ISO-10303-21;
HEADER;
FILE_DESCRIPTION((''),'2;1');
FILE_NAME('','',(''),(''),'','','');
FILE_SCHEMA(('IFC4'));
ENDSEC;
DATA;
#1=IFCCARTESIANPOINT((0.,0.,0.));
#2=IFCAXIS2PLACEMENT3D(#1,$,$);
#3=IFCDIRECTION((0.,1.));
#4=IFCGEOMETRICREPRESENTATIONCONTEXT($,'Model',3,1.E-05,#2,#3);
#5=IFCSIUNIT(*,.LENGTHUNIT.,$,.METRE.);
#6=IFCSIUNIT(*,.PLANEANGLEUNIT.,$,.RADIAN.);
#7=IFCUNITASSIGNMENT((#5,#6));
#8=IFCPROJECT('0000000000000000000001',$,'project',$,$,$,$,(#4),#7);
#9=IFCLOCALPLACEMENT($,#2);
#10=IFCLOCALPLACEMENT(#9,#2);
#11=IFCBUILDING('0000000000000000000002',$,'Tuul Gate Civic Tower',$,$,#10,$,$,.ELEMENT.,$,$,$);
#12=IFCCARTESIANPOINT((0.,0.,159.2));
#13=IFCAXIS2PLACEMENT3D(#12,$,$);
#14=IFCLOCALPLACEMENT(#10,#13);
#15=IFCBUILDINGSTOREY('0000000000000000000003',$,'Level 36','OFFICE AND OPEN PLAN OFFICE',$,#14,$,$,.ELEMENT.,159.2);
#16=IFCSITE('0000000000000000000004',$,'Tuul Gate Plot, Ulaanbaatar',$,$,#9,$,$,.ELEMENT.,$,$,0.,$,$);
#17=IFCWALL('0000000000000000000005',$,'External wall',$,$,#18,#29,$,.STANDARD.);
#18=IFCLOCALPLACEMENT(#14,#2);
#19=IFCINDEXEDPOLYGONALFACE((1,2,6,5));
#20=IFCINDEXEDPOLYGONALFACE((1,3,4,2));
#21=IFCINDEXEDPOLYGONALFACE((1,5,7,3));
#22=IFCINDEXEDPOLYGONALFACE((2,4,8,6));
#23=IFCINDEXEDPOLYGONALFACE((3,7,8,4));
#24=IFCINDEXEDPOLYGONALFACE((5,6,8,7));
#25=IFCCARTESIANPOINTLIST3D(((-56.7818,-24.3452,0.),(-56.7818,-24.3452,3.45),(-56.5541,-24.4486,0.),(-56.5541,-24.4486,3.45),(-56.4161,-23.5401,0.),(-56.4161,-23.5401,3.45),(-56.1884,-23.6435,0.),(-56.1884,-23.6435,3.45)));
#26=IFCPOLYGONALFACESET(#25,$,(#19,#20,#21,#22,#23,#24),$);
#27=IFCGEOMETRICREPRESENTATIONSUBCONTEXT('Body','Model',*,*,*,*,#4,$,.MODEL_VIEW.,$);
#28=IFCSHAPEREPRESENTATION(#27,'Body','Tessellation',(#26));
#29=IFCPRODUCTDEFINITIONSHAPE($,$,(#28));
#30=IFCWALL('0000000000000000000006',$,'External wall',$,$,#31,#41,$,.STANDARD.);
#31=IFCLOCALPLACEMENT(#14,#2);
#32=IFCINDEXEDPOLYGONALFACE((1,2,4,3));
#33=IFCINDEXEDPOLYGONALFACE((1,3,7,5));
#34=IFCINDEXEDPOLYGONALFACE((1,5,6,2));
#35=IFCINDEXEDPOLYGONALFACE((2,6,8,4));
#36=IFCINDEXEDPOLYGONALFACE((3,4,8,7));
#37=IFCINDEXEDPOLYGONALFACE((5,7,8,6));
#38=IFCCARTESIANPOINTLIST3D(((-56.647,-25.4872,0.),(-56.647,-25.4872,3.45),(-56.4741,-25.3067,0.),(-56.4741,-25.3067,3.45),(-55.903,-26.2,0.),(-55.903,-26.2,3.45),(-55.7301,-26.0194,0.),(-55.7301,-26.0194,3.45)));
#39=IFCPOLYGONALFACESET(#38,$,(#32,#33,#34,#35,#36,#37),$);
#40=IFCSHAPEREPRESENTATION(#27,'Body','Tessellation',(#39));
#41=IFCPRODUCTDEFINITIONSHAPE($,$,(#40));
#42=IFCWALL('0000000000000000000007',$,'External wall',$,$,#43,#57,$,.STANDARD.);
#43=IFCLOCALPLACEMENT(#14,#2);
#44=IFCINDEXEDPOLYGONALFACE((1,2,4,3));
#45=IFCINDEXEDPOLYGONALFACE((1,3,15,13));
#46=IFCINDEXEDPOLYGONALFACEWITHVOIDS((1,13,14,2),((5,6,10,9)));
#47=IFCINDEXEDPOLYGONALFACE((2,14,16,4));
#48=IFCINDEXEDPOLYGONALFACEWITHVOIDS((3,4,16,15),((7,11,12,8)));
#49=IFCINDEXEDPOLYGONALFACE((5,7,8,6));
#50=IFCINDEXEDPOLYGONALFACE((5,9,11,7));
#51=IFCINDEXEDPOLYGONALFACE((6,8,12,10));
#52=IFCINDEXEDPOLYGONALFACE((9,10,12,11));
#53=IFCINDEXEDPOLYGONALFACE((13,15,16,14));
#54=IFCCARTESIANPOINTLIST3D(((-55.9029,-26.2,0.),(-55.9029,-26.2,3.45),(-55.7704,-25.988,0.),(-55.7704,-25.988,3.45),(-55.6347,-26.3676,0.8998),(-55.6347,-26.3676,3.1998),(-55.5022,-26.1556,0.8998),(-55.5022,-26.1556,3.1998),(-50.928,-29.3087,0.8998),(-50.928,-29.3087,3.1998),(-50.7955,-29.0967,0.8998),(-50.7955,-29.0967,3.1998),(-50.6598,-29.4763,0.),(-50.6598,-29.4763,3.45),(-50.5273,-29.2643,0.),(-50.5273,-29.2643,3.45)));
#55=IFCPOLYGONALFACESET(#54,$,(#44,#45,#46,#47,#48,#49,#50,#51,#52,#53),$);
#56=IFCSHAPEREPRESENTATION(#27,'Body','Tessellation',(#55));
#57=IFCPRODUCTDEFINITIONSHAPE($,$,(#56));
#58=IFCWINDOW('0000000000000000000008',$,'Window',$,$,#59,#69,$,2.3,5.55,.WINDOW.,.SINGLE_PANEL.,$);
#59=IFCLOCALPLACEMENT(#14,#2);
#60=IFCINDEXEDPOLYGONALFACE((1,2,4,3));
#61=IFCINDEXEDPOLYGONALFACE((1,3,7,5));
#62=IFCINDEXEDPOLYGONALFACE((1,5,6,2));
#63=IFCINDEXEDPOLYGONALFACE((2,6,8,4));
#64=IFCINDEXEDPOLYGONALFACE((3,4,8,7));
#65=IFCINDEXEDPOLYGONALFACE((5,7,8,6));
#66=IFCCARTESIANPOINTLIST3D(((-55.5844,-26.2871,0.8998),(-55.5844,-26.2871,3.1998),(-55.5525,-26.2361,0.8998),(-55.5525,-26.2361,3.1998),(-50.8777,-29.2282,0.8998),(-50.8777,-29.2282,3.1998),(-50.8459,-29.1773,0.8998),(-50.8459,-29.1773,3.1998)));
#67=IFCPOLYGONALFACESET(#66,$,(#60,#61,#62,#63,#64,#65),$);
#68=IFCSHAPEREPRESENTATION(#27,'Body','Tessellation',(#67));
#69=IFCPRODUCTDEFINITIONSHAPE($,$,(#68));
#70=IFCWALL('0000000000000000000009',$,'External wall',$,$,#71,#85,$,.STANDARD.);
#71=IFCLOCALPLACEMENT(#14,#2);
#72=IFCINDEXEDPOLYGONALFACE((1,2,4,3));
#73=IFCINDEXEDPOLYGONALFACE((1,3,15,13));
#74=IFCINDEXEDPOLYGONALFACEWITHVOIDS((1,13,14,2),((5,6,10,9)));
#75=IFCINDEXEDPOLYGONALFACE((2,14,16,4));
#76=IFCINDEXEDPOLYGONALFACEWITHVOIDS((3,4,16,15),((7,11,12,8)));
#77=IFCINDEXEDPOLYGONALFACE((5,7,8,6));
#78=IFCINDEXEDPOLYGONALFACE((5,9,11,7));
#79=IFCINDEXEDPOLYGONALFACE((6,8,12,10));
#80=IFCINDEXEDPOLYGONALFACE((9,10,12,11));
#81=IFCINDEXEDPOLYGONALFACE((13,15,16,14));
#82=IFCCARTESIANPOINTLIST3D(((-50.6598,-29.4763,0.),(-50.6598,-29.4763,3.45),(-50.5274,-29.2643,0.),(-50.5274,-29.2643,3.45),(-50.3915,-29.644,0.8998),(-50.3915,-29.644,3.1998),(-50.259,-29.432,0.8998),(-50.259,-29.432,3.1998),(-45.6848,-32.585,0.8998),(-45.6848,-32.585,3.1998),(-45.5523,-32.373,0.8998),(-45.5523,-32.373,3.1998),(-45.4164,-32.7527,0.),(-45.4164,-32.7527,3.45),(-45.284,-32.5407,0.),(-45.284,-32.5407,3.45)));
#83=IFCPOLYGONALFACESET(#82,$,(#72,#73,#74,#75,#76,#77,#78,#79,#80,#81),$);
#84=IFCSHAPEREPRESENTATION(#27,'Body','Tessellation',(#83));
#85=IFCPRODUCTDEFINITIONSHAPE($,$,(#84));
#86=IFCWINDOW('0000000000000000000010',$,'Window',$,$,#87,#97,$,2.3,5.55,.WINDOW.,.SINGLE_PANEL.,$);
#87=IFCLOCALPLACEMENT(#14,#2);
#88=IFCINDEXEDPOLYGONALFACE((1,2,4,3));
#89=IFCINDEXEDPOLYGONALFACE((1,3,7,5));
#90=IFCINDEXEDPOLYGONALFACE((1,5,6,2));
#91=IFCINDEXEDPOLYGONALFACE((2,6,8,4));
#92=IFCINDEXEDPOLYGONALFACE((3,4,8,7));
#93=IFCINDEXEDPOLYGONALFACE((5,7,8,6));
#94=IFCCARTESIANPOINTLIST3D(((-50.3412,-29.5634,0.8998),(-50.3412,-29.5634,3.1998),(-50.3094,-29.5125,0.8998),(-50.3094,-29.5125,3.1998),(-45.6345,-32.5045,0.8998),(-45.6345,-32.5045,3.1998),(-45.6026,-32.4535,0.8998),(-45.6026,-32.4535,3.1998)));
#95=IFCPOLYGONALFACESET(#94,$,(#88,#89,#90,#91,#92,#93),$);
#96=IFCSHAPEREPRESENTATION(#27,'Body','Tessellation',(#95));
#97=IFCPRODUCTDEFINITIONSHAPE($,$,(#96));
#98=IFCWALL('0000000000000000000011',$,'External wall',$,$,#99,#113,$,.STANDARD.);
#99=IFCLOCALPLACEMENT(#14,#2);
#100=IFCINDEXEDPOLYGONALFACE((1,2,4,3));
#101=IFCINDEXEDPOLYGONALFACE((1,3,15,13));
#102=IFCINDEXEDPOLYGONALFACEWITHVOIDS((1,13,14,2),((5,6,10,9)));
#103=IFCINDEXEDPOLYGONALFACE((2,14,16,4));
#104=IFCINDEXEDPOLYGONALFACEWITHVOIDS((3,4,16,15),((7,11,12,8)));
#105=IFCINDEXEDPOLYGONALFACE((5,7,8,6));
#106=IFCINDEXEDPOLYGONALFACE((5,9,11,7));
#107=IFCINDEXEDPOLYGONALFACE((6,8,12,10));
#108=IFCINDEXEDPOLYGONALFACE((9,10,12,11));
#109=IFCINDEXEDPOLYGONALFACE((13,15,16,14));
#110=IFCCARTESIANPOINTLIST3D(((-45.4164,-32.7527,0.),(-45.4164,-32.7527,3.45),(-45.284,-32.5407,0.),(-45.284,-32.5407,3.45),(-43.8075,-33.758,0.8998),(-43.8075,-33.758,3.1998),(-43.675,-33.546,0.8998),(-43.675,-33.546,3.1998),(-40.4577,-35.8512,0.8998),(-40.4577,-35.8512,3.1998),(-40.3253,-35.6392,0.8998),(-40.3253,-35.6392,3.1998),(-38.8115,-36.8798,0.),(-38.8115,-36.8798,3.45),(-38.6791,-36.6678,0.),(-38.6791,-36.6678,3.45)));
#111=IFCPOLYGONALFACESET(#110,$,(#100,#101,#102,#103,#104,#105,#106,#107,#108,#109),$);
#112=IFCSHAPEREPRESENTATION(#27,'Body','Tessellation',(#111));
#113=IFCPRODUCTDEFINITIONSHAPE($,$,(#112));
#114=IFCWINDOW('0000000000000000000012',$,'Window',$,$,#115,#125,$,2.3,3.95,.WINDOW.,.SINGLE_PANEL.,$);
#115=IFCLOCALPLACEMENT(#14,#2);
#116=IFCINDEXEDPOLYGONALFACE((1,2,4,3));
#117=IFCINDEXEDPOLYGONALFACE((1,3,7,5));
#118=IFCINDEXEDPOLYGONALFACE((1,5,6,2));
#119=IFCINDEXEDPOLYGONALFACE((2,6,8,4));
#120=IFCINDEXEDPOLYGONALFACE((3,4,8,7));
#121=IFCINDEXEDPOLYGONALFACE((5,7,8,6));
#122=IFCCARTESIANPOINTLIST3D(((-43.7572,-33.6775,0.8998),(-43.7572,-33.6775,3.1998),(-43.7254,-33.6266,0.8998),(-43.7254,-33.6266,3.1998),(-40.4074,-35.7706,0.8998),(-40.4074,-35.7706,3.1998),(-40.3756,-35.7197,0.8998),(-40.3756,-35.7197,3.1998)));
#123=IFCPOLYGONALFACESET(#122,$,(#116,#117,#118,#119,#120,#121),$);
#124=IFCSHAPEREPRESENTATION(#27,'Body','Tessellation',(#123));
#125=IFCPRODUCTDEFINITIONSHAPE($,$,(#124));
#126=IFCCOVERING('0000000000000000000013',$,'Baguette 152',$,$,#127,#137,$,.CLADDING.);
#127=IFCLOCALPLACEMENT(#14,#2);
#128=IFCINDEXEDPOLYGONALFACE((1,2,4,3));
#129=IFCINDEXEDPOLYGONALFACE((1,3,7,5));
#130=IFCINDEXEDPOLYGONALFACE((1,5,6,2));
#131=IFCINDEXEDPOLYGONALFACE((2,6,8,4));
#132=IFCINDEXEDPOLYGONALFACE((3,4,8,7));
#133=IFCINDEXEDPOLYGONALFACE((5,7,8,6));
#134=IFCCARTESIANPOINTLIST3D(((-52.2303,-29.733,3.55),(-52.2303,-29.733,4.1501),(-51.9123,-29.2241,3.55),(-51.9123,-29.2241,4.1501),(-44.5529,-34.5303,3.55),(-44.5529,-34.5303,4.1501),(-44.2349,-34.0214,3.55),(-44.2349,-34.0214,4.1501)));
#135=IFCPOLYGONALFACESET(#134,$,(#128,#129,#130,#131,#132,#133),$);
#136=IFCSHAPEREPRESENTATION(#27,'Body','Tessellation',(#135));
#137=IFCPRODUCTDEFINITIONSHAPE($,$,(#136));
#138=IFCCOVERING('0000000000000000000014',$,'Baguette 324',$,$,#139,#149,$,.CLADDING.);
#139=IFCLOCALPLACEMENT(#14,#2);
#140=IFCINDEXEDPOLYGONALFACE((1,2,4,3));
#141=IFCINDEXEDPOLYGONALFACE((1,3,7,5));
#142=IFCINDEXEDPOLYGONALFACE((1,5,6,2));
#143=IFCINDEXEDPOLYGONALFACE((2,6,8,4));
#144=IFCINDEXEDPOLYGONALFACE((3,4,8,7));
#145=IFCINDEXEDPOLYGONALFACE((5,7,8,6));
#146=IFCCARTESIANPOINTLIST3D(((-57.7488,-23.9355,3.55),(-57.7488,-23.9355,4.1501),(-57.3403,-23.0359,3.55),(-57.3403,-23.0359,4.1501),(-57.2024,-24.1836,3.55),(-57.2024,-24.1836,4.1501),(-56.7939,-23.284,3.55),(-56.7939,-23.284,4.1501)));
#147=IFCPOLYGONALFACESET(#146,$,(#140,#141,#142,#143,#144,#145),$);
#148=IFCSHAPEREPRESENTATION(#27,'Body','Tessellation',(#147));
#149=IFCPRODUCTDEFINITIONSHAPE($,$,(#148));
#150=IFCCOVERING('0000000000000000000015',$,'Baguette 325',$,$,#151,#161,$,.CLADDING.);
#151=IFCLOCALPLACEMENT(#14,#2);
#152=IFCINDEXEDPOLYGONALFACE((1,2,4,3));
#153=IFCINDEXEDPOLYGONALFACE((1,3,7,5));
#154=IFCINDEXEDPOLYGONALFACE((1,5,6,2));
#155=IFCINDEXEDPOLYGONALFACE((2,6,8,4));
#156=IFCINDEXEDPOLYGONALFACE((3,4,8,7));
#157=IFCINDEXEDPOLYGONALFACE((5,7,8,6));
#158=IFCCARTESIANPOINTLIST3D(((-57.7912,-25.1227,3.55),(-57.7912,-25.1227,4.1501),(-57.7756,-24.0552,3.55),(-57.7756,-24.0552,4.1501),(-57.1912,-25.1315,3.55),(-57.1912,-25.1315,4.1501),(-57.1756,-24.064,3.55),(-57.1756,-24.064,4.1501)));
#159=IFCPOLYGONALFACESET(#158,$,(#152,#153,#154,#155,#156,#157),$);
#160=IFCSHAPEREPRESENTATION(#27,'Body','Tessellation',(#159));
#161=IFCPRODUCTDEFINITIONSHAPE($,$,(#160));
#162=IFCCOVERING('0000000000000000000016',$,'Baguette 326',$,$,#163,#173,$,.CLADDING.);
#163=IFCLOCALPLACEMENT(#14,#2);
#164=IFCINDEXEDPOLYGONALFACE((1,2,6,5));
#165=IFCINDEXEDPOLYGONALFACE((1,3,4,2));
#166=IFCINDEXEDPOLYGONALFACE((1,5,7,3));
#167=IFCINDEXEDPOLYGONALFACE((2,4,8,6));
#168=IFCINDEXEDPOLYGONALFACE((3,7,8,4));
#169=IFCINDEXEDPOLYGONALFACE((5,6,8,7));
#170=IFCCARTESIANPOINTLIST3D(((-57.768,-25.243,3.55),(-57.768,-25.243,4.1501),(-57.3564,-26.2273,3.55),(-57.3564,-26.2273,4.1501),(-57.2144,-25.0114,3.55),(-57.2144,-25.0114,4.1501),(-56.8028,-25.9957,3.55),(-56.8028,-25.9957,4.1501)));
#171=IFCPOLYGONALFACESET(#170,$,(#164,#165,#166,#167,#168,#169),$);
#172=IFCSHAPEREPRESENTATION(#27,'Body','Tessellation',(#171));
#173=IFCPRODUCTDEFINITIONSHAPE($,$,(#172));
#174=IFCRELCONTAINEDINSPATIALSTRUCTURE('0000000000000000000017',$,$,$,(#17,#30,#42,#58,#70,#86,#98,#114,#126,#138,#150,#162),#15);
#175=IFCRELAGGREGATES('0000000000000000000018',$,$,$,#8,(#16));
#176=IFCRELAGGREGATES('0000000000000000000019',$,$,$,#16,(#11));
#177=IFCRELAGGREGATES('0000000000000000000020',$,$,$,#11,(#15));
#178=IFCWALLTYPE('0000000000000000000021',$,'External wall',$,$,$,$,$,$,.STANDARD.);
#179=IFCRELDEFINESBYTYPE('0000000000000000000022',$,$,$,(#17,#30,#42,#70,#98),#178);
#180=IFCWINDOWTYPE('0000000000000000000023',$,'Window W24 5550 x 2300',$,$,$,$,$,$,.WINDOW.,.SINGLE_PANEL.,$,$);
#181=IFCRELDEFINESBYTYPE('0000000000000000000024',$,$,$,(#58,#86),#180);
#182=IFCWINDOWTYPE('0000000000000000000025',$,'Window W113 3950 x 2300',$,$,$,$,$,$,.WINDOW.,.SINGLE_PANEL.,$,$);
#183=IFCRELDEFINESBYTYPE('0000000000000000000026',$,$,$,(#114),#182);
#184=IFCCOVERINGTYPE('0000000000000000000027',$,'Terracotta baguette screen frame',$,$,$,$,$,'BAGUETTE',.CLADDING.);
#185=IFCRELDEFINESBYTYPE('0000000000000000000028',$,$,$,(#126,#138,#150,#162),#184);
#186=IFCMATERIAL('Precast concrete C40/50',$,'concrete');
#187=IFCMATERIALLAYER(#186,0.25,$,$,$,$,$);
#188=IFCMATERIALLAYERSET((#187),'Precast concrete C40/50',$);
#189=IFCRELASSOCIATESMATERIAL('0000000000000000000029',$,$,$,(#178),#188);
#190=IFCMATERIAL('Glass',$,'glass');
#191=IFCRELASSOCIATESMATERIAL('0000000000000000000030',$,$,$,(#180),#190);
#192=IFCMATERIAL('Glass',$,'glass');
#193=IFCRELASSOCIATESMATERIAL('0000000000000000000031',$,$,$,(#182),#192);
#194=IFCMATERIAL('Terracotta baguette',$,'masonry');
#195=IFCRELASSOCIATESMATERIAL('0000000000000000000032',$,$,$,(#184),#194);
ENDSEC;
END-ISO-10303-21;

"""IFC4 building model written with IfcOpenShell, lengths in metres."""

from ifc_helpers import new_model, si_unit, direction, frame, frame_2d, origin, origin_2d, place, context, subcontext, project, spatial, rectangle, extrude, material, layer, layer_set, material_profile, profile_set, type_object, element, fill, save


model = new_model("IFC4")

# Units and contexts
model_context = context("Model", 3, precision=1e-05, world=origin(), true_north=direction((0.0, 1.0)))
body_context = subcontext(model_context, "Body", "Model", "MODEL_VIEW")
ifc_project = project(units=[si_unit("LENGTHUNIT", "METRE"), si_unit("PLANEANGLEUNIT", "RADIAN")], contexts=[model_context])

# Site, building, storey
site_placement = place(None, origin())
site = spatial("IfcSite", under=ifc_project, at=site_placement, Name="Tuul Gate Plot, Ulaanbaatar", CompositionType="ELEMENT", RefElevation=0.0)
building_placement = place(site_placement, origin())
building = spatial("IfcBuilding", under=site, at=building_placement, Name="Tuul Gate Civic Tower", CompositionType="ELEMENT")
storey_placement = place(building_placement, frame((0.0, 0.0, 159.2)))
storey = spatial("IfcBuildingStorey", under=building, at=storey_placement, Name="Level 36", Description="OFFICE AND OPEN PLAN OFFICE", CompositionType="ELEMENT", Elevation=159.2)

# Shared definitions
ifc_material_1 = material(Name="Precast concrete C40/50", Category="concrete")
ifc_layer = layer(ifc_material_1, 0.25)
ifc_layer_set = layer_set([ifc_layer], Name="Precast concrete C40/50")
wall_type = type_object("IfcWallType", Name="External wall", PredefinedType="STANDARD", material=ifc_layer_set)

# Walls
wall_1_placement = place(storey_placement, frame((-56.3022, -23.5918, 0.0), z_axis=(0.0, 0.0, 1.0), x_axis=(-0.413553, -0.91048, 0.0)))
element("IfcWall", 1, at=wall_1_placement, inside=storey, type_object=wall_type, Name="External wall", PredefinedType="STANDARD", context=body_context, shape_type="SweptSolid", body=[
    extrude(rectangle(XDim=0.8843, YDim=0.25, at=frame_2d((0.4421, 0.0))), origin(), (0.0, 0.0, 1.0), 3.45),
])
wall_2_placement = place(storey_placement, frame((-56.5605, -25.397, 0.0), z_axis=(0.0, 0.0, 1.0), x_axis=(0.722112, -0.691777, 0.0)))
element("IfcWall", 2, at=wall_2_placement, inside=storey, type_object=wall_type, Name="External wall", PredefinedType="STANDARD", context=body_context, shape_type="SweptSolid", body=[
    extrude(rectangle(XDim=1.0303, YDim=0.25, at=frame_2d((0.5151, 0.0))), origin(), (0.0, 0.0, 1.0), 3.45),
])

# Walls, openings, windows
wall_3_placement = place(storey_placement, frame((-55.8367, -26.094, 0.0), z_axis=(0.0, 0.0, 1.0), x_axis=(0.848043, -0.529928, 0.0)))
wall_3 = element("IfcWall", 3, at=wall_3_placement, inside=storey, type_object=wall_type, Name="External wall", PredefinedType="STANDARD", context=body_context, shape_type="SweptSolid", body=[
    extrude(rectangle(XDim=6.1826, YDim=0.25, at=frame_2d((3.0913, 0.0))), origin(), (0.0, 0.0, 1.0), 3.45),
])
opening_1_placement = place(wall_3_placement, frame((0.3164, 0.0, 0.8999)))
opening_1 = element("IfcOpeningElement", 4, at=opening_1_placement, cuts=wall_3, PredefinedType="OPENING", context=body_context, shape_type="SweptSolid", body=[
    extrude(rectangle(XDim=5.55, YDim=2.3, at=frame_2d((2.7749, 1.1499))), frame((0.0, 0.135, 0.0), z_axis=(0.0, -1.0, 0.0), x_axis=(1.0, 0.0, 0.0)), (0.0, 0.0, 1.0), 0.27),
])
ifc_material_2 = material(Name="Glass", Category="glass")
window_type_1 = type_object("IfcWindowType", Name="Window W24 5550 x 2300", PartitioningType="SINGLE_PANEL", PredefinedType="WINDOW", material=ifc_material_2)
window_1_placement = place(opening_1_placement, origin())
window_1 = element("IfcWindow", 5, at=window_1_placement, inside=storey, type_object=window_type_1, Name="Window", OverallHeight=2.3, OverallWidth=5.55, PartitioningType="SINGLE_PANEL", PredefinedType="WINDOW", context=body_context, shape_type="SweptSolid", body=[
    extrude(rectangle(XDim=5.55, YDim=2.3, at=frame_2d((2.7749, 1.1499))), frame((0.0, 0.03, 0.0), z_axis=(0.0, -1.0, 0.0), x_axis=(1.0, 0.0, 0.0)), (0.0, 0.0, 1.0), 0.0601),
])
fill(opening_1, window_1)
wall_4_placement = place(storey_placement, frame((-50.5935, -29.3704, 0.0), z_axis=(0.0, 0.0, 1.0), x_axis=(0.848054, -0.52991, 0.0)))
wall_4 = element("IfcWall", 6, at=wall_4_placement, inside=storey, type_object=wall_type, Name="External wall", PredefinedType="STANDARD", context=body_context, shape_type="SweptSolid", body=[
    extrude(rectangle(XDim=6.1829, YDim=0.25, at=frame_2d((3.0913, 0.0))), origin(), (0.0, 0.0, 1.0), 3.45),
])
opening_2_placement = place(wall_4_placement, frame((0.3164, 0.0, 0.8999)))
opening_2 = element("IfcOpeningElement", 7, at=opening_2_placement, cuts=wall_4, PredefinedType="OPENING", context=body_context, shape_type="SweptSolid", body=[
    extrude(rectangle(XDim=5.55, YDim=2.3, at=frame_2d((2.7749, 1.1499))), frame((0.0, 0.135, 0.0), z_axis=(0.0, -1.0, 0.0), x_axis=(1.0, 0.0, 0.0)), (0.0, 0.0, 1.0), 0.27),
])
window_2_placement = place(opening_2_placement, origin())
window_2 = element("IfcWindow", 8, at=window_2_placement, inside=storey, type_object=window_type_1, Name="Window", OverallHeight=2.3, OverallWidth=5.55, PartitioningType="SINGLE_PANEL", PredefinedType="WINDOW", context=body_context, shape_type="SweptSolid", body=[
    extrude(rectangle(XDim=5.55, YDim=2.3, at=frame_2d((2.7749, 1.1499))), frame((0.0, 0.03, 0.0), z_axis=(0.0, -1.0, 0.0), x_axis=(1.0, 0.0, 0.0)), (0.0, 0.0, 1.0), 0.0601),
])
fill(opening_2, window_2)
wall_5_placement = place(storey_placement, frame((-45.3501, -32.6467, 0.0), z_axis=(0.0, 0.0, 1.0), x_axis=(0.848051, -0.529914, 0.0)))
wall_5 = element("IfcWall", 9, at=wall_5_placement, inside=storey, type_object=wall_type, Name="External wall", PredefinedType="STANDARD", context=body_context, shape_type="SweptSolid", body=[
    extrude(rectangle(XDim=7.7883, YDim=0.25, at=frame_2d((3.894, 0.0))), origin(), (0.0, 0.0, 1.0), 3.45),
])
opening_3_placement = place(wall_5_placement, frame((1.897, 0.0, 0.8999)))
opening_3 = element("IfcOpeningElement", 10, at=opening_3_placement, cuts=wall_5, PredefinedType="OPENING", context=body_context, shape_type="SweptSolid", body=[
    extrude(rectangle(XDim=3.95, YDim=2.3, at=frame_2d((1.9751, 1.1499))), frame((0.0, 0.135, 0.0), z_axis=(0.0, -1.0, 0.0), x_axis=(1.0, 0.0, 0.0)), (0.0, 0.0, 1.0), 0.27),
])
ifc_material_3 = material(Name="Glass", Category="glass")
window_type_2 = type_object("IfcWindowType", Name="Window W113 3950 x 2300", PartitioningType="SINGLE_PANEL", PredefinedType="WINDOW", material=ifc_material_3)
window_3_placement = place(opening_3_placement, origin())
window_3 = element("IfcWindow", 11, at=window_3_placement, inside=storey, type_object=window_type_2, Name="Window", OverallHeight=2.3, OverallWidth=3.95, PartitioningType="SINGLE_PANEL", PredefinedType="WINDOW", context=body_context, shape_type="SweptSolid", body=[
    extrude(rectangle(XDim=3.95, YDim=2.3, at=frame_2d((1.9751, 1.1499))), frame((0.0, 0.03, 0.0), z_axis=(0.0, -1.0, 0.0), x_axis=(1.0, 0.0, 0.0)), (0.0, 0.0, 1.0), 0.0601),
])
fill(opening_3, window_3)

# Coverings
ifc_material_4 = material(Name="Terracotta baguette", Category="masonry")
ifc_material_profile_1 = material_profile(ifc_material_4, rectangle(XDim=0.6001, YDim=0.6001, at=origin_2d()), Name="Terracotta baguette screen frame")
ifc_profile_set_1 = profile_set([ifc_material_profile_1], Name="Terracotta baguette")
covering_type = type_object("IfcCoveringType", Name="Terracotta baguette screen frame", ElementType="BAGUETTE", PredefinedType="CLADDING", material=ifc_profile_set_1)
covering_1_placement = place(storey_placement, frame((-52.0713, -29.4785, 3.8501), z_axis=(0.848051, -0.529914, 0.0), x_axis=(0.529914, 0.848051, 0.0)))
element("IfcCovering", 12, at=covering_1_placement, inside=storey, type_object=covering_type, Name="Baguette 152", PredefinedType="CLADDING", context=body_context, shape_type="SweptSolid", body=[
    extrude(rectangle(XDim=0.6001, YDim=0.6001, at=origin_2d()), origin(), (0.0, 0.0, 1.0), 9.053),
])
covering_2_placement = place(storey_placement, frame((-57.0671, -23.1599, 3.8501), z_axis=(-0.413393, -0.910553, 0.0), x_axis=(0.910553, -0.413393, 0.0)))
element("IfcCovering", 13, at=covering_2_placement, inside=storey, type_object=covering_type, Name="Baguette 324", PredefinedType="CLADDING", context=body_context, shape_type="SweptSolid", body=[
    extrude(rectangle(XDim=0.6001, YDim=0.6001, at=origin_2d()), origin(), (0.0, 0.0, 1.0), 0.988),
])
covering_3_placement = place(storey_placement, frame((-57.4756, -24.0596, 3.8501), z_axis=(-0.014634, -0.999893, 0.0), x_axis=(0.999893, -0.014634, 0.0)))
element("IfcCovering", 14, at=covering_3_placement, inside=storey, type_object=covering_type, Name="Baguette 325", PredefinedType="CLADDING", context=body_context, shape_type="SweptSolid", body=[
    extrude(rectangle(XDim=0.6001, YDim=0.6001, at=origin_2d()), origin(), (0.0, 0.0, 1.0), 1.0676),
])
covering_4_placement = place(storey_placement, frame((-57.4912, -25.1272, 3.8501), z_axis=(0.385785, -0.922589, 0.0), x_axis=(0.922589, 0.385785, 0.0)))
element("IfcCovering", 15, at=covering_4_placement, inside=storey, type_object=covering_type, Name="Baguette 326", PredefinedType="CLADDING", context=body_context, shape_type="SweptSolid", body=[
    extrude(rectangle(XDim=0.6001, YDim=0.6001, at=origin_2d()), origin(), (0.0, 0.0, 1.0), 1.0669),
])

save(model, "model.ifc")
